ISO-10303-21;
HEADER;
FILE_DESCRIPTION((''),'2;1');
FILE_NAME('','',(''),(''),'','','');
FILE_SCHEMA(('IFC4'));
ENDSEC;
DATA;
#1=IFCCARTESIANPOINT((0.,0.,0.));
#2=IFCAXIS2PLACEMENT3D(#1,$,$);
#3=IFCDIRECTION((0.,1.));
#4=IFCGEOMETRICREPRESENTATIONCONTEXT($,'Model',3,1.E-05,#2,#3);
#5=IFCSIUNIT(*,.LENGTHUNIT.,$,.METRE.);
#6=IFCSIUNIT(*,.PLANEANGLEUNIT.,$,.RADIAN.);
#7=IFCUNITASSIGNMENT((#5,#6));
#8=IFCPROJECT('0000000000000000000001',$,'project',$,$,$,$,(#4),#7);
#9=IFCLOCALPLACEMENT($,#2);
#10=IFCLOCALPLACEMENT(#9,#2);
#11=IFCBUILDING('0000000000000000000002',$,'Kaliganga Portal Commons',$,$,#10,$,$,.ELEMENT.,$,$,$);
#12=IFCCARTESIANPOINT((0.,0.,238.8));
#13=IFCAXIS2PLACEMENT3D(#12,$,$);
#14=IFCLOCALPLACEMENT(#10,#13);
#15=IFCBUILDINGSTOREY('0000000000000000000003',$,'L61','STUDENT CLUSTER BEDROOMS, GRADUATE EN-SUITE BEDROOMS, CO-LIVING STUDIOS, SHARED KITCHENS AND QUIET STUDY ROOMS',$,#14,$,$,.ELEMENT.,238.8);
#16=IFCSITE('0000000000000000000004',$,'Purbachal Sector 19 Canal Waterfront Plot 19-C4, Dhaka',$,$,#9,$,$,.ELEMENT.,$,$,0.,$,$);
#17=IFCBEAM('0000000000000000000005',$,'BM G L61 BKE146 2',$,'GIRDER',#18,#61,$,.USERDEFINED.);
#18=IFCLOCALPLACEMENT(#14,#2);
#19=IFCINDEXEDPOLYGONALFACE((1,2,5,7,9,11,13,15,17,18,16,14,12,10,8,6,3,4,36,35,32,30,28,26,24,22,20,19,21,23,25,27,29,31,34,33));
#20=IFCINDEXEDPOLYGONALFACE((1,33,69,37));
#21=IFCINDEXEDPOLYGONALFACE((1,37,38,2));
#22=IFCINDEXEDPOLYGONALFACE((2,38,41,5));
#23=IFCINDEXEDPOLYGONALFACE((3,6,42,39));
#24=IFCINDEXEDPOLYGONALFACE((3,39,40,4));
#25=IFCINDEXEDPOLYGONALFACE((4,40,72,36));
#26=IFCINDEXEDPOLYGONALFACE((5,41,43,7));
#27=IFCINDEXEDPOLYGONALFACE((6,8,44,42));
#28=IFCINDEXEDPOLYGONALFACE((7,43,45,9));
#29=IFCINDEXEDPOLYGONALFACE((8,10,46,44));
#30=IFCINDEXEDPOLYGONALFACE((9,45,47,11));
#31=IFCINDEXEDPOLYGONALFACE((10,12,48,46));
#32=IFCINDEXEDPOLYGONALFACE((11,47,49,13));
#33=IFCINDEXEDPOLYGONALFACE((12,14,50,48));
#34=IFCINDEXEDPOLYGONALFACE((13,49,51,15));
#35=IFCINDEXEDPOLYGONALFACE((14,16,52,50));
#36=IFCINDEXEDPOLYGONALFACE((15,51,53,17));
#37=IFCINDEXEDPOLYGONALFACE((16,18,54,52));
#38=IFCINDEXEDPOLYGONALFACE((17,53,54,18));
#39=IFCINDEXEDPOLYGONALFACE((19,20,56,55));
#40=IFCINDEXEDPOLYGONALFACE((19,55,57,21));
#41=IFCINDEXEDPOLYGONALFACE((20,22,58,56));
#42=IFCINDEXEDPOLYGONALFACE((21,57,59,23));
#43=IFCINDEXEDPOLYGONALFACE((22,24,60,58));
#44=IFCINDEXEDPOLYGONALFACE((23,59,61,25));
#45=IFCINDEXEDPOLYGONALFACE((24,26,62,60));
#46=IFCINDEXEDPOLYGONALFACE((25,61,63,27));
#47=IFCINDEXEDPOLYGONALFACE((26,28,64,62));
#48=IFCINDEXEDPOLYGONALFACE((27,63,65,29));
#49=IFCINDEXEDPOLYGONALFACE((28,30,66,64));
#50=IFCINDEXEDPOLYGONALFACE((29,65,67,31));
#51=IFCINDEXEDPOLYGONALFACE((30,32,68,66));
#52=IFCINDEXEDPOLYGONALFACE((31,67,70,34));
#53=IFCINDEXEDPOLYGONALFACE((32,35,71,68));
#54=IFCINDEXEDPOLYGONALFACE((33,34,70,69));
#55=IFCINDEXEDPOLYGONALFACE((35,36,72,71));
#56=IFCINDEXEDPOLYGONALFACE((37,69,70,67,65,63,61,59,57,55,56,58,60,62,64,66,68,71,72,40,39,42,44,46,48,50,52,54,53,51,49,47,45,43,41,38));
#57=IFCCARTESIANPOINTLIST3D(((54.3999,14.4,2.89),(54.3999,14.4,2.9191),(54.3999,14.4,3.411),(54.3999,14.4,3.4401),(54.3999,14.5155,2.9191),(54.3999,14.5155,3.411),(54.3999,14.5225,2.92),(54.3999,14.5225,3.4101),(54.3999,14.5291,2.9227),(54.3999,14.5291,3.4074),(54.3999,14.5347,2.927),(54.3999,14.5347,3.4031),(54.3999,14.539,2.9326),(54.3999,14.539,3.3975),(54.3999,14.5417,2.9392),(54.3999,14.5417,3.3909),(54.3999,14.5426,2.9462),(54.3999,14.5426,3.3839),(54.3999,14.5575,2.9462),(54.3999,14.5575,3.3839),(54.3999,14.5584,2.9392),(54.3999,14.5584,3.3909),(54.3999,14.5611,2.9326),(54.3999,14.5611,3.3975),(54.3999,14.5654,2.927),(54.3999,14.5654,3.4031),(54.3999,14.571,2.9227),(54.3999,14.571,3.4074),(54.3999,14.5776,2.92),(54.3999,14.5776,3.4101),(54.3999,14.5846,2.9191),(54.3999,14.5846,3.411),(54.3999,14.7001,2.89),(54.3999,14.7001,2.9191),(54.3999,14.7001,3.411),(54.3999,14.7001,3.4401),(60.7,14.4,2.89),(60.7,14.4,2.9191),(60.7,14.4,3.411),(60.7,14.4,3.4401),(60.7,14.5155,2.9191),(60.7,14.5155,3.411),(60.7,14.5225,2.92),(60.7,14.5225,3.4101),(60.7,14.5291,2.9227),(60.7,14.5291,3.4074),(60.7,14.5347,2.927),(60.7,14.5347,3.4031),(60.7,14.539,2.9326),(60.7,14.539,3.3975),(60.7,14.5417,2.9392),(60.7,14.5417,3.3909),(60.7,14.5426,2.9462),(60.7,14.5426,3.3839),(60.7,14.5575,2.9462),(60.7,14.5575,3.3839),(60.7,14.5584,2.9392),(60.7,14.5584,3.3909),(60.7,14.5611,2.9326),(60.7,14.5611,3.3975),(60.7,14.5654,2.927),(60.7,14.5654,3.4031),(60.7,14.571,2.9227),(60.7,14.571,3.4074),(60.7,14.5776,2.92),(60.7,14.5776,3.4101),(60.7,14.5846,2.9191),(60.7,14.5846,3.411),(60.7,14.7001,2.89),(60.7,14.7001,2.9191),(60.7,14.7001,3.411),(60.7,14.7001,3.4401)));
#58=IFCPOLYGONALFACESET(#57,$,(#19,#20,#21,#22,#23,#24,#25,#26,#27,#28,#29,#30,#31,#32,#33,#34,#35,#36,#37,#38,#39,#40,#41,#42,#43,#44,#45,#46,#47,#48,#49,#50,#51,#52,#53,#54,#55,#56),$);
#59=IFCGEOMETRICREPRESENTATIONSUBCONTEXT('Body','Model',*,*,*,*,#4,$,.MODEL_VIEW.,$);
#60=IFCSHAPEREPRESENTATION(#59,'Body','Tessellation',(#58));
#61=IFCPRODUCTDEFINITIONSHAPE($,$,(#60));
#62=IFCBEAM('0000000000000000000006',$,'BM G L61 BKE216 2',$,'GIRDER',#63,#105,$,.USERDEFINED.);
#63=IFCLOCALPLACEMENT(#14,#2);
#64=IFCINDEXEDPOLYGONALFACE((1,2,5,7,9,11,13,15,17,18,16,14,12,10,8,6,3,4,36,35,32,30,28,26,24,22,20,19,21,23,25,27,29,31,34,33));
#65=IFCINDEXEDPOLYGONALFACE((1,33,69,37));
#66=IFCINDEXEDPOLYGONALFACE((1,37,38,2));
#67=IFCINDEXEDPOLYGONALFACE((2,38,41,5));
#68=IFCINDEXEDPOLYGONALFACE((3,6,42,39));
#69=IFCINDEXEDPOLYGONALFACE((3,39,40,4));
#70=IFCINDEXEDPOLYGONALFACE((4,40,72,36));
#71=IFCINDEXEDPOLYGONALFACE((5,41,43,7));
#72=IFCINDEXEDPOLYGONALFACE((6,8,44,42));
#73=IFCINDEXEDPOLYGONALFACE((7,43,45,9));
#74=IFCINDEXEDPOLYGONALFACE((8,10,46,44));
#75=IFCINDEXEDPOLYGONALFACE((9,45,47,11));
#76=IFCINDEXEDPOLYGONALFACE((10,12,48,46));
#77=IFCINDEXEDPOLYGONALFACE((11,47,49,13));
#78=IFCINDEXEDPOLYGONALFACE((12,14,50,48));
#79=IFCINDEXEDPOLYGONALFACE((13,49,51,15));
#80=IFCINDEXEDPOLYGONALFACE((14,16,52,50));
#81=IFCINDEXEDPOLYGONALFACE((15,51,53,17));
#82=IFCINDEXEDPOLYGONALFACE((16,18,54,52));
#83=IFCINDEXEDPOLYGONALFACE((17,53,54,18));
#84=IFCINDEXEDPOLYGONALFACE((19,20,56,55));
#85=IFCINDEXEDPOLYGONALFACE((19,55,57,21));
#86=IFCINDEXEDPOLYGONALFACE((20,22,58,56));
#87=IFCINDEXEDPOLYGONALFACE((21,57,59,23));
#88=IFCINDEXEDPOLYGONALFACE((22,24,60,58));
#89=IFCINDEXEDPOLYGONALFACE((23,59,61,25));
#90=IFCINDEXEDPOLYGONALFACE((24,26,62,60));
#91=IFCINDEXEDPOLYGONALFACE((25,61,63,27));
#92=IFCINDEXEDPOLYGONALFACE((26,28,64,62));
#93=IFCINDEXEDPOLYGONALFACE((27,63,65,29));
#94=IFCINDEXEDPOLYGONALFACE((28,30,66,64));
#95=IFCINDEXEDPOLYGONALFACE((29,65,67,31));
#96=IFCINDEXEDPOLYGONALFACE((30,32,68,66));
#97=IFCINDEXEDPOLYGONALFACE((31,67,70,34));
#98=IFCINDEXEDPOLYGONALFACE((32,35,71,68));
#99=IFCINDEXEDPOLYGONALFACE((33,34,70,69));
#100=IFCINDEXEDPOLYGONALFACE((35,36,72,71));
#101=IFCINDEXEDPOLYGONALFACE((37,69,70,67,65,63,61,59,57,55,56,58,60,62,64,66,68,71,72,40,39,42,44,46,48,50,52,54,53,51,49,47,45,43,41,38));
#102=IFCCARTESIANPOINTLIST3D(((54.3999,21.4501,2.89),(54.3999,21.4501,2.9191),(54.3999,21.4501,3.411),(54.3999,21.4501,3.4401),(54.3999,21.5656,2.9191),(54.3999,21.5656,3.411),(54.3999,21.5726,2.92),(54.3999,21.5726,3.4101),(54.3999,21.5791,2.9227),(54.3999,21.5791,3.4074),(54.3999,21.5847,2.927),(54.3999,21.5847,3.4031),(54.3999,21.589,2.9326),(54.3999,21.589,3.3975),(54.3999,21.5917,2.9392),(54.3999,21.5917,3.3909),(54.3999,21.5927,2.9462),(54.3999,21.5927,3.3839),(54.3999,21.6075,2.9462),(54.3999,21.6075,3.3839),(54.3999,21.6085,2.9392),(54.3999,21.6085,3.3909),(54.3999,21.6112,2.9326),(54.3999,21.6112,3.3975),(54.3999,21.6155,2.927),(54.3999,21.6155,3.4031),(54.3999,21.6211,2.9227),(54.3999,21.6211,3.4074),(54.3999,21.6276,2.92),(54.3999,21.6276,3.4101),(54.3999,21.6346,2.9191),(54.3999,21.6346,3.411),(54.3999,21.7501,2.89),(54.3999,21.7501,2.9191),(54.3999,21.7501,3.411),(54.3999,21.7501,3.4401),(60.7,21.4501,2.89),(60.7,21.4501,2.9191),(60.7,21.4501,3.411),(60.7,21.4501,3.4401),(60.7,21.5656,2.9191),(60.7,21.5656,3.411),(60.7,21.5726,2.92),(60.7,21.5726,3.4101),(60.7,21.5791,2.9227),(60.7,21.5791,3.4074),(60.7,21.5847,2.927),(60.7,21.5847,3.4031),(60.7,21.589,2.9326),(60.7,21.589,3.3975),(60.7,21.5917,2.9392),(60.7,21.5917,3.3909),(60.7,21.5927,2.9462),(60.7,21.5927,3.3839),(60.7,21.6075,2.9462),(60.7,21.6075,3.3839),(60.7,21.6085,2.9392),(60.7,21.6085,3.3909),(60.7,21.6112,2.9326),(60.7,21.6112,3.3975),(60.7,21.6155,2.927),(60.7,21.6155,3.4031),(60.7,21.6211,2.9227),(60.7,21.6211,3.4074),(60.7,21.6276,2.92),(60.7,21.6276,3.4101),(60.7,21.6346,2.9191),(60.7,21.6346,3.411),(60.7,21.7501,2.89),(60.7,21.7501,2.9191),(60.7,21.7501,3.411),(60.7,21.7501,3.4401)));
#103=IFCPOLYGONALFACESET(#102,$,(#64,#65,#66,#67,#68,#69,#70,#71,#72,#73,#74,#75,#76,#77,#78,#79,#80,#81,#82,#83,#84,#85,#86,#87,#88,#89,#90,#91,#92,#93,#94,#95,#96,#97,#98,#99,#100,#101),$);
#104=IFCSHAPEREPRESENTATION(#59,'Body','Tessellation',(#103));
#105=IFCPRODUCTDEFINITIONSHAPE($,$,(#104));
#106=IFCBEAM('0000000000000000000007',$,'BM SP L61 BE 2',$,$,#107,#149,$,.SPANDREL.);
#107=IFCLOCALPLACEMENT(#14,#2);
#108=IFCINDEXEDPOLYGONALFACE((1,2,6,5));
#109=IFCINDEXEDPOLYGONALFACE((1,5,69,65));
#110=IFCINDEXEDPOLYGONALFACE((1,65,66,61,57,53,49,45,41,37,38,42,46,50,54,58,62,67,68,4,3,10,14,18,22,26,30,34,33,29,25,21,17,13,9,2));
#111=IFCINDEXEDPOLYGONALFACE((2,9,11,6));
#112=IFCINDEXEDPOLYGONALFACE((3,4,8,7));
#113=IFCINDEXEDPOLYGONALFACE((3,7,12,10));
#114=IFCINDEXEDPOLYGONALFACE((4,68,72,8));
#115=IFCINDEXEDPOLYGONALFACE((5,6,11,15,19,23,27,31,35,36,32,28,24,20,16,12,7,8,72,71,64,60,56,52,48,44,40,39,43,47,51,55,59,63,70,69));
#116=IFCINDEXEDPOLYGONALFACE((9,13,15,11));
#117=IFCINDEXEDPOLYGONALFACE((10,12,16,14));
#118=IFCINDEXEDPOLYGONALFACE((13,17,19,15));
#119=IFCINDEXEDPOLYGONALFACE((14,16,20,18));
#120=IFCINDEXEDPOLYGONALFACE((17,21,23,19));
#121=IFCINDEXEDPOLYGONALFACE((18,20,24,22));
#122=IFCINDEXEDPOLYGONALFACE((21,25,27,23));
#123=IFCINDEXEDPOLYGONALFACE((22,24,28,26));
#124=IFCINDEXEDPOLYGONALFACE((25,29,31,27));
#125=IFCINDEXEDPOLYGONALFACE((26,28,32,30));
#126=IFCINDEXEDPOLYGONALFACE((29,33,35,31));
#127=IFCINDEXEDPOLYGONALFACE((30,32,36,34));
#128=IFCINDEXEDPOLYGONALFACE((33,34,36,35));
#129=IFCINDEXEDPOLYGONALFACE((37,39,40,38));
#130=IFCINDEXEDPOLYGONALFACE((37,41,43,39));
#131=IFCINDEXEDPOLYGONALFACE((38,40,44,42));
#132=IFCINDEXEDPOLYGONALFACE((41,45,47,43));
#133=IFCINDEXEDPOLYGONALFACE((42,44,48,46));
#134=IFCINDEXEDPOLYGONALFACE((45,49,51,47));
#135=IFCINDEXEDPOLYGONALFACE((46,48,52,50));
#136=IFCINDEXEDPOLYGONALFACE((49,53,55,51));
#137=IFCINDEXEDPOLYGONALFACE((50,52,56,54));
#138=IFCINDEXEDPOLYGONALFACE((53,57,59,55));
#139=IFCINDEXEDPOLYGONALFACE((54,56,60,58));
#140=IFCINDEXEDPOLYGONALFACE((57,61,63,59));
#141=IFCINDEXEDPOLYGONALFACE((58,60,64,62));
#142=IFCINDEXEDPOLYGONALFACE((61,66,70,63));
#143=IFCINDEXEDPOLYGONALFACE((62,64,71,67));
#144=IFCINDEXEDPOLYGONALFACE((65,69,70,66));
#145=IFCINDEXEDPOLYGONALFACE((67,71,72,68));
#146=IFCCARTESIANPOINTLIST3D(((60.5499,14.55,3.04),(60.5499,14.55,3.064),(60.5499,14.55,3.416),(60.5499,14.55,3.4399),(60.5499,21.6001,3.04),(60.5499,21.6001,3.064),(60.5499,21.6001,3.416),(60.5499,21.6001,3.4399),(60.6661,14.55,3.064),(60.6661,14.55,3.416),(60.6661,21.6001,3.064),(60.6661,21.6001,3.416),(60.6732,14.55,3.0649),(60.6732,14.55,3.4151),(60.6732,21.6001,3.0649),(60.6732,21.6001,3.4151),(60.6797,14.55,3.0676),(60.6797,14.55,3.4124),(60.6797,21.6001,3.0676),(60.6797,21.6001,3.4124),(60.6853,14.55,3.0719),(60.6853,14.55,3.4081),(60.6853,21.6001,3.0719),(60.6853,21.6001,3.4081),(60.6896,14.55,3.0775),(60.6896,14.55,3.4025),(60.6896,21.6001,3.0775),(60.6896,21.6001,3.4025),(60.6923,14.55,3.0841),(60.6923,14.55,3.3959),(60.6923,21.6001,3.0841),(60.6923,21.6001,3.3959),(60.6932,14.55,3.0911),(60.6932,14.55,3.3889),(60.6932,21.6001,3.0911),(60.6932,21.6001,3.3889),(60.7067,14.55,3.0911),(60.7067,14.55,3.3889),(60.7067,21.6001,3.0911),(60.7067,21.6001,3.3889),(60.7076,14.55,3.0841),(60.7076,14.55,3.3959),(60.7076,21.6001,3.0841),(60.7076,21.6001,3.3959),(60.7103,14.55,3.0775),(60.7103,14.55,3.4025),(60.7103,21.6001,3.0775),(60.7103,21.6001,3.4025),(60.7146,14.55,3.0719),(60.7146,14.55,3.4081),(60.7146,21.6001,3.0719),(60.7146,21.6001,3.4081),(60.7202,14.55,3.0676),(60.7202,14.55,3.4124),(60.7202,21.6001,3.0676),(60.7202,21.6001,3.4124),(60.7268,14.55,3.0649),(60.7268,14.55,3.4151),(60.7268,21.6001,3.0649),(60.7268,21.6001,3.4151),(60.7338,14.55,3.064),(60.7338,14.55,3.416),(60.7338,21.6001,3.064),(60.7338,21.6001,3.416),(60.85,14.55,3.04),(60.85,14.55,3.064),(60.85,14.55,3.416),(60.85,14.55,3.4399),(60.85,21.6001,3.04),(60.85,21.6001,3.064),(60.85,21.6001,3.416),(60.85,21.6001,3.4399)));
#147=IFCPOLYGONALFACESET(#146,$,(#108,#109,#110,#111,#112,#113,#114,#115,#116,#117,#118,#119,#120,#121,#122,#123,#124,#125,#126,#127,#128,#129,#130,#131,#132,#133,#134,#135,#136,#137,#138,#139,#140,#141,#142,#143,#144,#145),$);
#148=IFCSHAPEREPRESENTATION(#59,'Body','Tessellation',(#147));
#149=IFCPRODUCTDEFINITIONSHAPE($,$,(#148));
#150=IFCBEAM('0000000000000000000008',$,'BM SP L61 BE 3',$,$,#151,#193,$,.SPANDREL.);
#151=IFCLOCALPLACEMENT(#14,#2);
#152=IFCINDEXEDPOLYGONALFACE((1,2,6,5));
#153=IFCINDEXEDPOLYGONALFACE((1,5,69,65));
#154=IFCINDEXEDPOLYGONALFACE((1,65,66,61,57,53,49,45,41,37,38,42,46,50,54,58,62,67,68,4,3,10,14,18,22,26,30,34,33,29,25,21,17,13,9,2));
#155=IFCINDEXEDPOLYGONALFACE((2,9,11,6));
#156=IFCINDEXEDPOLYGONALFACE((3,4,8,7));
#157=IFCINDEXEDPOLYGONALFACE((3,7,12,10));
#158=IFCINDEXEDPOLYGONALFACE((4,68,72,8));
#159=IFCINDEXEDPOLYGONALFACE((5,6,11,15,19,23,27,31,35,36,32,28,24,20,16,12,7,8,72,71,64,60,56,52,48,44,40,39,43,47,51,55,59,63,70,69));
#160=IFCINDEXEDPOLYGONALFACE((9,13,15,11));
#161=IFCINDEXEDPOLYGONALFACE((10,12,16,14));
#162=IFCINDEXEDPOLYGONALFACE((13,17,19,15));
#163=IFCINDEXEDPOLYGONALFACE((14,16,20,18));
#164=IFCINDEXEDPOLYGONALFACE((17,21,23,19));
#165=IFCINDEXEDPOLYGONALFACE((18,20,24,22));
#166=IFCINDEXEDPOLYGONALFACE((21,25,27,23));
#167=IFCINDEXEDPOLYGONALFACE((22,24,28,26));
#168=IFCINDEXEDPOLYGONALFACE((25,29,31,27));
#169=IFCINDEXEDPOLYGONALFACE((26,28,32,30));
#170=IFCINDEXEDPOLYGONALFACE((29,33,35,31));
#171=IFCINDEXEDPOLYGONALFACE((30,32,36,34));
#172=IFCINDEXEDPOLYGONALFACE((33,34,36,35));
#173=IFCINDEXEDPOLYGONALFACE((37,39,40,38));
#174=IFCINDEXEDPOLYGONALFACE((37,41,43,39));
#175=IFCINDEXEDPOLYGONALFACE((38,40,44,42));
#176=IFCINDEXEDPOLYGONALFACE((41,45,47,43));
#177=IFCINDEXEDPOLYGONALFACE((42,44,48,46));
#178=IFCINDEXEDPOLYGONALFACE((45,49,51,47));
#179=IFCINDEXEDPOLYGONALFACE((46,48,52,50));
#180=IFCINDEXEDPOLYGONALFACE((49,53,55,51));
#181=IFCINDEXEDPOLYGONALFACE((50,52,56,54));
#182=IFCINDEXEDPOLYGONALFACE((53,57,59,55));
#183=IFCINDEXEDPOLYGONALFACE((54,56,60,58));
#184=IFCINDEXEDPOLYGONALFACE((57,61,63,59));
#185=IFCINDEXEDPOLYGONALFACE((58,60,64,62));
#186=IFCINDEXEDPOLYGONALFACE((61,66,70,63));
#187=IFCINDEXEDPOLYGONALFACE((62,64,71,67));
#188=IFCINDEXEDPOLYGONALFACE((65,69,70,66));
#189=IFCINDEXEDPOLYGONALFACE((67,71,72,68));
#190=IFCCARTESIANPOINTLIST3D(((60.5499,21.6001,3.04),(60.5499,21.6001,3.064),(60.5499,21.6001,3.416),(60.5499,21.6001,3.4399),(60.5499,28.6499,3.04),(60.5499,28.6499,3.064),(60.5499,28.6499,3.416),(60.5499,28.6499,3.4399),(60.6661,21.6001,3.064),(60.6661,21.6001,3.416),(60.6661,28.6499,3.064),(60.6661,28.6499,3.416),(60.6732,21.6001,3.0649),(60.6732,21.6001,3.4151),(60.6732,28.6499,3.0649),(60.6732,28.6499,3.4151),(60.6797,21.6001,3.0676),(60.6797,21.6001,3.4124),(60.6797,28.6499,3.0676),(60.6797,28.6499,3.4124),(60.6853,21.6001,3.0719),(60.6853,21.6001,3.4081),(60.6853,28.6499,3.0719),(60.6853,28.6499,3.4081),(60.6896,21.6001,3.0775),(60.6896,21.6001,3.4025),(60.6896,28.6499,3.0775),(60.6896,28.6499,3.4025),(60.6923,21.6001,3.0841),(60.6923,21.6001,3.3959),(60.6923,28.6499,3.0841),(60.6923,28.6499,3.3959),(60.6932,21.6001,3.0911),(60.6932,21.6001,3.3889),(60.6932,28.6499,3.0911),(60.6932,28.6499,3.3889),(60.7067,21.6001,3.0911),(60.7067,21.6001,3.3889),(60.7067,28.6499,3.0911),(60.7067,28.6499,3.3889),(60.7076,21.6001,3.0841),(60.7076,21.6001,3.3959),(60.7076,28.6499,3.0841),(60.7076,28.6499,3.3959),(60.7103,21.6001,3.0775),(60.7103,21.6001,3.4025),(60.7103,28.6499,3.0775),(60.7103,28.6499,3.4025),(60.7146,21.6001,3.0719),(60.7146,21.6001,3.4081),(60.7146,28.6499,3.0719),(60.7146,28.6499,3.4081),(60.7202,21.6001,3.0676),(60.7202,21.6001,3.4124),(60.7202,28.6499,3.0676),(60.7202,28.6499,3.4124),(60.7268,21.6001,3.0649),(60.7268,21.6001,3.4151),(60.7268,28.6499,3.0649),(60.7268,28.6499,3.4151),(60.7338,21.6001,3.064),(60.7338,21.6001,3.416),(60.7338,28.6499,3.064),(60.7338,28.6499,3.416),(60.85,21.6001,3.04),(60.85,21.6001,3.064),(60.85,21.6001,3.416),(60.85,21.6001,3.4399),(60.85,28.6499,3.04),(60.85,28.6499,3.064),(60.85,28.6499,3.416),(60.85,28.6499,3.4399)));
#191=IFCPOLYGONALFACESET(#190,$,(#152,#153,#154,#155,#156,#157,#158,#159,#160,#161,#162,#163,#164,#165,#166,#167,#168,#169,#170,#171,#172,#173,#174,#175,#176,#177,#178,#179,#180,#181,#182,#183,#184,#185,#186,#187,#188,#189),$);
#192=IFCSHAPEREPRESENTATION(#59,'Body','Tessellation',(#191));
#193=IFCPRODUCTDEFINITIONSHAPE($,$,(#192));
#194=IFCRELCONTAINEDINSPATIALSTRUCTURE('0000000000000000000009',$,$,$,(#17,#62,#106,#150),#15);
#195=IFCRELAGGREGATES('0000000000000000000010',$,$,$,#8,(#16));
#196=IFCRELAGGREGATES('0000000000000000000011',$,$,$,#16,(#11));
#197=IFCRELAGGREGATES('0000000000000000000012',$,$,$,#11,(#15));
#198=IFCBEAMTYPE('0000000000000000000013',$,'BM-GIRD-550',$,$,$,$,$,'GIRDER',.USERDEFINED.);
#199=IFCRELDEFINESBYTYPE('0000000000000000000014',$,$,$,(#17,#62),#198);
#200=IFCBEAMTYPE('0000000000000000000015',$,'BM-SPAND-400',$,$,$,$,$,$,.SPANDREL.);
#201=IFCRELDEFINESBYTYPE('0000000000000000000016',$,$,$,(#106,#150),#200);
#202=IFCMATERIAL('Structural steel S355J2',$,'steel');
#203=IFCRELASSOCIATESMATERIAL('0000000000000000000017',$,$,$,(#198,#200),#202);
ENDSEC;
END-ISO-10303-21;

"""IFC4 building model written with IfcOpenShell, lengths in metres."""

from ifc_helpers import new_model, si_unit, direction, frame, origin, origin_2d, place, context, subcontext, project, spatial, i_section, extrude, source, transform, mapped, material, material_profile, profile_set, type_object, element, save


model = new_model("IFC4")

# Units and contexts
model_context = context("Model", 3, precision=1e-05, world=origin(), true_north=direction((0.0, 1.0)))
body_context = subcontext(model_context, "Body", "Model", "MODEL_VIEW")
ifc_project = project(units=[si_unit("LENGTHUNIT", "METRE"), si_unit("PLANEANGLEUNIT", "RADIAN")], contexts=[model_context])

# Site, building, storey
site_placement = place(None, origin())
site = spatial("IfcSite", under=ifc_project, at=site_placement, Name="Purbachal Sector 19 Canal Waterfront Plot 19-C4, Dhaka", CompositionType="ELEMENT", RefElevation=0.0)
building_placement = place(site_placement, origin())
building = spatial("IfcBuilding", under=site, at=building_placement, Name="Kaliganga Portal Commons", CompositionType="ELEMENT")
storey_placement = place(building_placement, frame((0.0, 0.0, 238.8)))
storey = spatial("IfcBuildingStorey", under=building, at=storey_placement, Name="L61", Description="STUDENT CLUSTER BEDROOMS, GRADUATE EN-SUITE BEDROOMS, CO-LIVING STUDIOS, SHARED KITCHENS AND QUIET STUDY ROOMS", CompositionType="ELEMENT", Elevation=238.8)

# Shared definitions
ifc_material_1 = material(Name="Structural steel S355J2", Category="steel")

# Beams
ifc_material_profile_1 = material_profile(ifc_material_1, i_section(OverallWidth=0.3, OverallDepth=0.55, WebThickness=0.0149, FlangeThickness=0.0291, FilletRadius=0.0271, at=origin_2d()), Name="HE 550 B")
ifc_profile_set_1 = profile_set([ifc_material_profile_1], Name="Structural steel S355J2 wide-flange")
beam_type_1 = type_object("IfcBeamType", Name="BM-GIRD-550", ElementType="GIRDER", PredefinedType="USERDEFINED", material=ifc_profile_set_1)
shared_shape_1 = source(origin(), body_context, "Body", "SweptSolid", [
    extrude(i_section(OverallWidth=0.3, OverallDepth=0.55, WebThickness=0.0149, FlangeThickness=0.0291, FilletRadius=0.0271, at=origin_2d()), origin(), (0.0, 0.0, 1.0), 6.3),
])
for number, where, z_axis, x_axis, name in (
    (1, (54.3999, 14.55, 3.165), (1.0, 0.0, 0.0), (0.0, 1.0, 0.0), "BM G L61 BKE146 2"),
    (2, (54.3999, 21.6001, 3.165), (1.0, 0.0, 0.0), (0.0, 1.0, 0.0), "BM G L61 BKE216 2"),
):
    element("IfcBeam", number, at=place(storey_placement, frame(where, z_axis=z_axis, x_axis=x_axis)), inside=storey, type_object=beam_type_1, Name=name, ObjectType="GIRDER", PredefinedType="USERDEFINED", context=body_context, shape_type="MappedRepresentation", body=[
        mapped(shared_shape_1, transform((0.0, 0.0, 0.0), x_axis=(1.0, 0.0, 0.0), y_axis=(0.0, 1.0, 0.0), z_axis=(0.0, 0.0, 1.0), scale=1.0)),
    ])
ifc_material_profile_2 = material_profile(ifc_material_1, i_section(OverallWidth=0.3, OverallDepth=0.3999, WebThickness=0.0134, FlangeThickness=0.0239, FilletRadius=0.0271, at=origin_2d()), Name="HE 400 B")
ifc_profile_set_2 = profile_set([ifc_material_profile_2], Name="Structural steel S355J2 wide-flange")
beam_type_2 = type_object("IfcBeamType", Name="BM-SPAND-400", PredefinedType="SPANDREL", material=ifc_profile_set_2)
shared_shape_2 = source(origin(), body_context, "Body", "SweptSolid", [
    extrude(i_section(OverallWidth=0.3, OverallDepth=0.3999, WebThickness=0.0134, FlangeThickness=0.0239, FilletRadius=0.0271, at=origin_2d()), origin(), (0.0, 0.0, 1.0), 7.05),
])
beam_1_placement = place(storey_placement, frame((60.7, 14.55, 3.24), z_axis=(0.0, 1.0, 0.0), x_axis=(-1.0, 0.0, 0.0)))
element("IfcBeam", 3, at=beam_1_placement, inside=storey, type_object=beam_type_2, Name="BM SP L61 BE 2", PredefinedType="SPANDREL", context=body_context, shape_type="MappedRepresentation", body=[
    mapped(shared_shape_2, transform((0.0, 0.0, 0.0), x_axis=(1.0, 0.0, 0.0), y_axis=(0.0, 1.0, 0.0), z_axis=(0.0, 0.0, 1.0), scale=1.0)),
])
shared_shape_3 = source(origin(), body_context, "Body", "SweptSolid", [
    extrude(i_section(OverallWidth=0.3, OverallDepth=0.3999, WebThickness=0.0134, FlangeThickness=0.0239, FilletRadius=0.0271, at=origin_2d()), origin(), (0.0, 0.0, 1.0), 7.0498),
])
beam_2_placement = place(storey_placement, frame((60.7, 21.6001, 3.24), z_axis=(0.0, 1.0, 0.0), x_axis=(-1.0, 0.0, 0.0)))
element("IfcBeam", 4, at=beam_2_placement, inside=storey, type_object=beam_type_2, Name="BM SP L61 BE 3", PredefinedType="SPANDREL", context=body_context, shape_type="MappedRepresentation", body=[
    mapped(shared_shape_3, transform((0.0, 0.0, 0.0), x_axis=(1.0, 0.0, 0.0), y_axis=(0.0, 1.0, 0.0), z_axis=(0.0, 0.0, 1.0), scale=1.0)),
])

save(model, "model.ifc")
